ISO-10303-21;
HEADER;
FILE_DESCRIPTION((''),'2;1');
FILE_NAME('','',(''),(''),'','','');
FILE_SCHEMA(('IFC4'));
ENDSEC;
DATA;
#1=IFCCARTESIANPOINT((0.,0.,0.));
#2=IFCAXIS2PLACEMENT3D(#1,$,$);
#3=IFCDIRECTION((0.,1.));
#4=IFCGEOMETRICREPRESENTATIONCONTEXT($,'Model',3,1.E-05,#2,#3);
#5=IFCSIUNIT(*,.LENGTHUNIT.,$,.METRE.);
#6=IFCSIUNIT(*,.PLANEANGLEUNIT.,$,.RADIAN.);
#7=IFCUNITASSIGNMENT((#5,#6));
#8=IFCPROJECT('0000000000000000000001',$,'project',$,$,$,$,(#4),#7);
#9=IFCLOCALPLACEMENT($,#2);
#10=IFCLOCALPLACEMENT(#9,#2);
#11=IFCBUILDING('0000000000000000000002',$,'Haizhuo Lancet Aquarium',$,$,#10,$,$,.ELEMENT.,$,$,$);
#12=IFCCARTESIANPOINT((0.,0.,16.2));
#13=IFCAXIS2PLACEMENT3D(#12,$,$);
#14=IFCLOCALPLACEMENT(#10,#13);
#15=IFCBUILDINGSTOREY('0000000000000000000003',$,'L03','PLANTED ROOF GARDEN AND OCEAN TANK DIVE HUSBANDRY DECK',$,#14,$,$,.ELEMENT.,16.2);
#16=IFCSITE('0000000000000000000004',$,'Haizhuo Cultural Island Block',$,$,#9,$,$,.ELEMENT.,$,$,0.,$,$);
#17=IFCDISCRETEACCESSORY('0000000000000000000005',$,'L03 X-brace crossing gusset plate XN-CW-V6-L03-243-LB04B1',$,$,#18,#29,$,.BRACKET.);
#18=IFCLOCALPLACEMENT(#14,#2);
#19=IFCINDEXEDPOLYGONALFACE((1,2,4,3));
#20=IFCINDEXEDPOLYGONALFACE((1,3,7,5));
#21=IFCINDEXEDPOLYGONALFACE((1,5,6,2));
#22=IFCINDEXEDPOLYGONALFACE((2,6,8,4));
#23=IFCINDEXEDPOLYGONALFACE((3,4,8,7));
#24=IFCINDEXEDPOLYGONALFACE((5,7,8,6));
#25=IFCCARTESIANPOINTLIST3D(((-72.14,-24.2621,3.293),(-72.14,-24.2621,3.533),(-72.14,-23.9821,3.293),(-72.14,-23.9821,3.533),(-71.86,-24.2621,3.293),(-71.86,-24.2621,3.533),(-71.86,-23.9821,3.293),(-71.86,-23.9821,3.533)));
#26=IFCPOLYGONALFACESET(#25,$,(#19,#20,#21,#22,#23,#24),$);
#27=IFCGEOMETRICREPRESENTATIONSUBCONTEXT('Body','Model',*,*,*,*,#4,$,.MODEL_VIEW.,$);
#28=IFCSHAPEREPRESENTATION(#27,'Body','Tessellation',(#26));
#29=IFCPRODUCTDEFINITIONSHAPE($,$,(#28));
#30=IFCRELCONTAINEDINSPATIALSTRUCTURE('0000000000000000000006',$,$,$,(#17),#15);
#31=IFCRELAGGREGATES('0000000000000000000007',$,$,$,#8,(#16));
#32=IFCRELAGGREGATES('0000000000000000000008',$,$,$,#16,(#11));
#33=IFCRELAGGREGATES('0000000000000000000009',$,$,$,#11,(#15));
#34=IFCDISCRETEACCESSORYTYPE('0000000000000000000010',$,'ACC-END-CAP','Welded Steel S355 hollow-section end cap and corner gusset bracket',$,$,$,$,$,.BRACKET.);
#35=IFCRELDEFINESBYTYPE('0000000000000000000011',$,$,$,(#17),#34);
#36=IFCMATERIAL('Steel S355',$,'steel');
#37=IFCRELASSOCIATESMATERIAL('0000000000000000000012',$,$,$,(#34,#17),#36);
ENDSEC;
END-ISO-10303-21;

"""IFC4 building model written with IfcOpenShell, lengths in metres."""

from ifc_helpers import new_model, si_unit, direction, frame, origin, origin_2d, place, context, subcontext, project, spatial, rectangle, extrude, material, type_object, element, save


model = new_model("IFC4")

# Units and contexts
model_context = context("Model", 3, precision=1e-05, world=origin(), true_north=direction((0.0, 1.0)))
body_context = subcontext(model_context, "Body", "Model", "MODEL_VIEW")
ifc_project = project(units=[si_unit("LENGTHUNIT", "METRE"), si_unit("PLANEANGLEUNIT", "RADIAN")], contexts=[model_context])

# Site, building, storey
site_placement = place(None, origin())
site = spatial("IfcSite", under=ifc_project, at=site_placement, Name="Haizhuo Cultural Island Block", CompositionType="ELEMENT", RefElevation=0.0)
building_placement = place(site_placement, origin())
building = spatial("IfcBuilding", under=site, at=building_placement, Name="Haizhuo Lancet Aquarium", CompositionType="ELEMENT")
storey_placement = place(building_placement, frame((0.0, 0.0, 16.2)))
storey = spatial("IfcBuildingStorey", under=building, at=storey_placement, Name="L03", Description="PLANTED ROOF GARDEN AND OCEAN TANK DIVE HUSBANDRY DECK", CompositionType="ELEMENT", Elevation=16.2)

# Shared definitions
ifc_material_1 = material(Name="Steel S355", Category="steel")

# Discrete accessory
discrete_accessory_type = type_object("IfcDiscreteAccessoryType", Name="ACC-END-CAP", Description="Welded Steel S355 hollow-section end cap and corner gusset bracket", PredefinedType="BRACKET", material=ifc_material_1)
for number, where, z_axis, x_axis, name in (
    (1, (-72.0, -24.1221, 3.293), (0.0, 0.0, 1.0), (1.0, 0.0, 0.0), "L03 X-brace crossing gusset plate XN-CW-V6-L03-243-LB04B1"),
):
    element("IfcDiscreteAccessory", number, at=place(storey_placement, frame(where, z_axis=z_axis, x_axis=x_axis)), inside=storey, type_object=discrete_accessory_type, material=ifc_material_1, Name=name, PredefinedType="BRACKET", context=body_context, shape_type="SweptSolid", body=[
        extrude(rectangle(XDim=0.28, YDim=0.28, at=origin_2d()), origin(), (0.0, 0.0, 1.0), 0.24),
    ])

save(model, "model.ifc")
